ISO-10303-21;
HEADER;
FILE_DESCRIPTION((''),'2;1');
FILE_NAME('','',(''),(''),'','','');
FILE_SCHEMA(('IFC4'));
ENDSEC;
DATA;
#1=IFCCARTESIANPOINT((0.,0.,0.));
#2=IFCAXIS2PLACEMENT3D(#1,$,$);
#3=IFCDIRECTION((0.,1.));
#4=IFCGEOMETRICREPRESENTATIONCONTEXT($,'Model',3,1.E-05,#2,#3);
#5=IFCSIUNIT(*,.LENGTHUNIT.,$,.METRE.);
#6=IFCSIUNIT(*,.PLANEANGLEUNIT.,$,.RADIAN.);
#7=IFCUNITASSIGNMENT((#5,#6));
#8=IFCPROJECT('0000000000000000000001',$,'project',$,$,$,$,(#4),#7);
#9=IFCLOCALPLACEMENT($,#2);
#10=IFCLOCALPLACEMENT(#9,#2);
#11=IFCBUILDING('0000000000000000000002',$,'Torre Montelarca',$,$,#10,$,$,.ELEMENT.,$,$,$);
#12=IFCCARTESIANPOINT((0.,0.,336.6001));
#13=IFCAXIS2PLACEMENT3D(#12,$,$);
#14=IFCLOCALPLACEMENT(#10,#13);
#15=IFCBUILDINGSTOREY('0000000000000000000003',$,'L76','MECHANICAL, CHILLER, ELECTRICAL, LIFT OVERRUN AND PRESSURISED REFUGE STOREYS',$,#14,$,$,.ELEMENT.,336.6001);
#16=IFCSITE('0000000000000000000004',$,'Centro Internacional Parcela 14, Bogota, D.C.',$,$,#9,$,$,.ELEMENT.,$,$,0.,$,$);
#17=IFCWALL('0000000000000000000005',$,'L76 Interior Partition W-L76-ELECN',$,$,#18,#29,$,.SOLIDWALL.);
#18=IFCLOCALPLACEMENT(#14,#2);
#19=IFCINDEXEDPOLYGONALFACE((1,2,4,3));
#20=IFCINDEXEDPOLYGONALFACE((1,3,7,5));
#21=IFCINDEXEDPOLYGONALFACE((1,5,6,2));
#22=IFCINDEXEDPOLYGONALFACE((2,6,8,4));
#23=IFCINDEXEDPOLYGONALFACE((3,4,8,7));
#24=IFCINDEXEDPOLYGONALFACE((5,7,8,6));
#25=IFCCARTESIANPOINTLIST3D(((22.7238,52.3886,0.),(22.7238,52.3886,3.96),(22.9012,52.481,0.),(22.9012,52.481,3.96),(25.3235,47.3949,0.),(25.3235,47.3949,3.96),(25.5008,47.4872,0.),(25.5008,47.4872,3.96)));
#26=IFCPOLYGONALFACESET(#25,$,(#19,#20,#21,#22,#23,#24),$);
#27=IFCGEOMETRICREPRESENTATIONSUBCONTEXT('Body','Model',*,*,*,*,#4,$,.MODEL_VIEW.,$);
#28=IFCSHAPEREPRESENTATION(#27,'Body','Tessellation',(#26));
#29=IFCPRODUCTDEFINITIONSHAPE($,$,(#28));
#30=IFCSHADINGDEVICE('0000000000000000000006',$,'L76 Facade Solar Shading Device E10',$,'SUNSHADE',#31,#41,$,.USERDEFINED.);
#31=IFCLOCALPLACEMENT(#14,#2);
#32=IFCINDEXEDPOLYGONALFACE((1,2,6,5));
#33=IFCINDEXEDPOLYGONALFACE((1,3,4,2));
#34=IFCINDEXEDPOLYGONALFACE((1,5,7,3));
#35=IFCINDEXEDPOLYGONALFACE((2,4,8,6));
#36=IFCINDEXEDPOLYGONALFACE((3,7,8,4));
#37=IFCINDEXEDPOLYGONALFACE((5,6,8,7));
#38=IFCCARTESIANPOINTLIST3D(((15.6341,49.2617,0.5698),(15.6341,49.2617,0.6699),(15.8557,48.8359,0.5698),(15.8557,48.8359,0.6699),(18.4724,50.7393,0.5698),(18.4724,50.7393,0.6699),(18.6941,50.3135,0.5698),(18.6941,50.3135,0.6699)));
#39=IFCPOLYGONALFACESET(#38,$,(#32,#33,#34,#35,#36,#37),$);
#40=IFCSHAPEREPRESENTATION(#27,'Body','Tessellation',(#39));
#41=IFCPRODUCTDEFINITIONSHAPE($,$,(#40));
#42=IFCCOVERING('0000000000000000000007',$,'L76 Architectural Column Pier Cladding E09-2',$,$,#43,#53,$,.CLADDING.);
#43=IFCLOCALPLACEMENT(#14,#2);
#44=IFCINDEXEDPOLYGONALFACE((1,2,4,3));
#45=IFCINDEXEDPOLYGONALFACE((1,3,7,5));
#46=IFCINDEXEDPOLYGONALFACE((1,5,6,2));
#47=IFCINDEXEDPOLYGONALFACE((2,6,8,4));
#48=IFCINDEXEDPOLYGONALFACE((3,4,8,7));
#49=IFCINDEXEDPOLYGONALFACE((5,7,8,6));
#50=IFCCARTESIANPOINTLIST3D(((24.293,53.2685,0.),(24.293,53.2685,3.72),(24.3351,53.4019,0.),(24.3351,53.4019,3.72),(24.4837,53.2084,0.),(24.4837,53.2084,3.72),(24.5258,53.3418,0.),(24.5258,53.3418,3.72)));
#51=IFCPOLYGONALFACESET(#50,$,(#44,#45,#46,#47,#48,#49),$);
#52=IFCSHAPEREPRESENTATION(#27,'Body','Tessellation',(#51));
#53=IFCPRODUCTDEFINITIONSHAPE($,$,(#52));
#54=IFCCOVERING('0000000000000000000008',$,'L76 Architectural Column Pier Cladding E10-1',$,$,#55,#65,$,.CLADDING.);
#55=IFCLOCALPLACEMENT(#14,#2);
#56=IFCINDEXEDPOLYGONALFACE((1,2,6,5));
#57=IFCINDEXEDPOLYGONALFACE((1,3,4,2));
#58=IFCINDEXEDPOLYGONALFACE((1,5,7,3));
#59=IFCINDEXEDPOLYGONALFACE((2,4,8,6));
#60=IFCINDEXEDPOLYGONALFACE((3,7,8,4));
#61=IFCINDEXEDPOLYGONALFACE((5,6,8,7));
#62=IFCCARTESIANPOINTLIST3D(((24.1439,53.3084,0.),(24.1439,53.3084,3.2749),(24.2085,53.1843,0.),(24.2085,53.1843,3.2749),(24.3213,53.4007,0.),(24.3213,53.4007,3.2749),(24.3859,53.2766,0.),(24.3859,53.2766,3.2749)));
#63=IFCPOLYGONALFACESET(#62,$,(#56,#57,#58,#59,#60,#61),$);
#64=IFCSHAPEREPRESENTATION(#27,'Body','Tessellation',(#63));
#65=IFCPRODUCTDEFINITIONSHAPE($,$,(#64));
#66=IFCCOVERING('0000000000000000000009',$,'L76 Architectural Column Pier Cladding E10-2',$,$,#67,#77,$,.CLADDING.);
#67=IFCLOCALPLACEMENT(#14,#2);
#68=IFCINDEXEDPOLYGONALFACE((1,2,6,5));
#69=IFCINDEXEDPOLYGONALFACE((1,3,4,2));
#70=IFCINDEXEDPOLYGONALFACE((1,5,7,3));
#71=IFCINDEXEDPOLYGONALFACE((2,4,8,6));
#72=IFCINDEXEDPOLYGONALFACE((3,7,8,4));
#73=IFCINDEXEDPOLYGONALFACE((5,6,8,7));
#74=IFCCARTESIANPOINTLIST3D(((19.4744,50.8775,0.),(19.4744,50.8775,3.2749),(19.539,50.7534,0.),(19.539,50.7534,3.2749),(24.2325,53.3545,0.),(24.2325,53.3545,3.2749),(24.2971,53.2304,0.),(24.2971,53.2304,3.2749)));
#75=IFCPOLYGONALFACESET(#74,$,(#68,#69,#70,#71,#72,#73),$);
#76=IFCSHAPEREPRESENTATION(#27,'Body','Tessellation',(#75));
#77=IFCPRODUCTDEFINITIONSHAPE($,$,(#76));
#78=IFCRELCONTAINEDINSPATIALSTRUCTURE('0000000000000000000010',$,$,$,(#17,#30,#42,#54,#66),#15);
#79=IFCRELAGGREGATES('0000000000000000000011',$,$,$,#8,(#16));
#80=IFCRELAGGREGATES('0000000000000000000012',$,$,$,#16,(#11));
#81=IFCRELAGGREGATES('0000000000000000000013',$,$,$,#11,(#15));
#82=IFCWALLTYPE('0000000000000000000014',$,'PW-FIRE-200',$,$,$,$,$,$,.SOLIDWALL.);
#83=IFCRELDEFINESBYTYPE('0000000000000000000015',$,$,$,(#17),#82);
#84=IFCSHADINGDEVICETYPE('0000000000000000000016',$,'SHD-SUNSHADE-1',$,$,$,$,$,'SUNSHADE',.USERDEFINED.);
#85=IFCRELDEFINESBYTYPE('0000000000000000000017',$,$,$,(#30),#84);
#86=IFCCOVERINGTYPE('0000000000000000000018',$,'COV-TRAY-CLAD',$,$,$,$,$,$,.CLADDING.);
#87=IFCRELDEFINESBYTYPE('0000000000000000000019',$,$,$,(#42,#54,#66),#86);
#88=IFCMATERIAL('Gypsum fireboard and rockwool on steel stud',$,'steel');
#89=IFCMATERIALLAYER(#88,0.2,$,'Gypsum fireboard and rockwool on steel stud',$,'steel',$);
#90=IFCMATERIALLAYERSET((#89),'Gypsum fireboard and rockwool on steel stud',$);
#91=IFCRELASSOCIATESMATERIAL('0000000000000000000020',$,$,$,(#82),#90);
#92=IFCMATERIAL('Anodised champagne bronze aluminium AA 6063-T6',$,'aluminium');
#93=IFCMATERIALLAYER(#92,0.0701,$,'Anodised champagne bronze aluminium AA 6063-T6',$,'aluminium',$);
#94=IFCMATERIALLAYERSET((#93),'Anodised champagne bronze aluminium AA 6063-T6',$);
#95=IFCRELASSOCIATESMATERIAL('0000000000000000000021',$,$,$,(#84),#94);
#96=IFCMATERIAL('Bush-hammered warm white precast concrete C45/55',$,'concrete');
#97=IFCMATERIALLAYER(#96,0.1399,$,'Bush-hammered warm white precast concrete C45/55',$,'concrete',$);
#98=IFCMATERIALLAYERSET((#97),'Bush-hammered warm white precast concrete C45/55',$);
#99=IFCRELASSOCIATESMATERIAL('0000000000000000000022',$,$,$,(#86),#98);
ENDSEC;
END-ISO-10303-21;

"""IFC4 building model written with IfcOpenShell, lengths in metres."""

from ifc_helpers import new_model, si_unit, direction, frame, frame_2d, origin, origin_2d, place, context, subcontext, project, spatial, rectangle, extrude, source, transform, mapped, material, layer, layer_set, type_object, element, save


model = new_model("IFC4")

# Units and contexts
model_context = context("Model", 3, precision=1e-05, world=origin(), true_north=direction((0.0, 1.0)))
body_context = subcontext(model_context, "Body", "Model", "MODEL_VIEW")
ifc_project = project(units=[si_unit("LENGTHUNIT", "METRE"), si_unit("PLANEANGLEUNIT", "RADIAN")], contexts=[model_context])

# Site, building, storey
site_placement = place(None, origin())
site = spatial("IfcSite", under=ifc_project, at=site_placement, Name="Centro Internacional Parcela 14, Bogota, D.C.", CompositionType="ELEMENT", RefElevation=0.0)
building_placement = place(site_placement, origin())
building = spatial("IfcBuilding", under=site, at=building_placement, Name="Torre Montelarca", CompositionType="ELEMENT")
storey_placement = place(building_placement, frame((0.0, 0.0, 336.6001)))
storey = spatial("IfcBuildingStorey", under=building, at=storey_placement, Name="L76", Description="MECHANICAL, CHILLER, ELECTRICAL, LIFT OVERRUN AND PRESSURISED REFUGE STOREYS", CompositionType="ELEMENT", Elevation=336.6001)

# Wall
ifc_material_1 = material(Name="Gypsum fireboard and rockwool on steel stud", Category="steel")
ifc_layer_1 = layer(ifc_material_1, 0.2, Name="Gypsum fireboard and rockwool on steel stud", Category="steel")
ifc_layer_set_1 = layer_set([ifc_layer_1], Name="Gypsum fireboard and rockwool on steel stud")
wall_type = type_object("IfcWallType", Name="PW-FIRE-200", PredefinedType="SOLIDWALL", material=ifc_layer_set_1)
wall_placement = place(storey_placement, frame((22.8125, 52.4348, 0.0), z_axis=(0.0, 0.0, 1.0), x_axis=(0.46176, -0.887005, 0.0)))
element("IfcWall", 1, at=wall_placement, inside=storey, type_object=wall_type, Name="L76 Interior Partition W-L76-ELECN", PredefinedType="SOLIDWALL", context=body_context, shape_type="SweptSolid", body=[
    extrude(rectangle(XDim=5.6299, YDim=0.2, at=frame_2d((2.8149, 0.0))), origin(), (0.0, 0.0, 1.0), 3.96),
])

# Shading device
ifc_material_2 = material(Name="Anodised champagne bronze aluminium AA 6063-T6", Category="aluminium")
ifc_layer_2 = layer(ifc_material_2, 0.0701, Name="Anodised champagne bronze aluminium AA 6063-T6", Category="aluminium")
ifc_layer_set_2 = layer_set([ifc_layer_2], Name="Anodised champagne bronze aluminium AA 6063-T6")
shading_device_type = type_object("IfcShadingDeviceType", Name="SHD-SUNSHADE-1", ElementType="SUNSHADE", PredefinedType="USERDEFINED", material=ifc_layer_set_2)
shared_shape_1 = source(origin(), body_context, "Body", "SweptSolid", [
    extrude(rectangle(XDim=3.2, YDim=0.48, at=origin_2d()), origin(), (0.0, 0.0, 1.0), 0.1001),
])
shading_device_placement = place(storey_placement, frame((17.1641, 49.7876, 0.5698), z_axis=(0.0, 0.0, 1.0), x_axis=(-0.88701, -0.46175, 0.0)))
element("IfcShadingDevice", 2, at=shading_device_placement, inside=storey, type_object=shading_device_type, Name="L76 Facade Solar Shading Device E10", ObjectType="SUNSHADE", PredefinedType="USERDEFINED", context=body_context, shape_type="MappedRepresentation", body=[
    mapped(shared_shape_1, transform((0.0, 0.0, 0.0), scale=1.0)),
])

# Coverings
ifc_material_3 = material(Name="Bush-hammered warm white precast concrete C45/55", Category="concrete")
ifc_layer_3 = layer(ifc_material_3, 0.1399, Name="Bush-hammered warm white precast concrete C45/55", Category="concrete")
ifc_layer_set_3 = layer_set([ifc_layer_3], Name="Bush-hammered warm white precast concrete C45/55")
covering_type = type_object("IfcCoveringType", Name="COV-TRAY-CLAD", PredefinedType="CLADDING", material=ifc_layer_set_3)
shared_shape_2 = source(origin(), body_context, "Body", "SweptSolid", [
    extrude(rectangle(XDim=0.2, YDim=0.1399, at=origin_2d()), origin(), (0.0, 0.0, 1.0), 3.72),
])
covering_1_placement = place(storey_placement, frame((24.4094, 53.3052, 0.0), z_axis=(0.0, 0.0, 1.0), x_axis=(-0.953719, 0.300701, 0.0)))
element("IfcCovering", 3, at=covering_1_placement, inside=storey, type_object=covering_type, Name="L76 Architectural Column Pier Cladding E09-2", PredefinedType="CLADDING", context=body_context, shape_type="MappedRepresentation", body=[
    mapped(shared_shape_2, transform((0.0, 0.0, 0.0), scale=1.0)),
])
shared_shape_3 = source(origin(), body_context, "Body", "SweptSolid", [
    extrude(rectangle(XDim=0.2, YDim=0.1399, at=origin_2d()), origin(), (0.0, 0.0, 1.0), 3.2749),
])
covering_2_placement = place(storey_placement, frame((24.2649, 53.2925, 0.0), z_axis=(0.0, 0.0, 1.0), x_axis=(-0.887011, -0.461749, 0.0)))
element("IfcCovering", 4, at=covering_2_placement, inside=storey, type_object=covering_type, Name="L76 Architectural Column Pier Cladding E10-1", PredefinedType="CLADDING", context=body_context, shape_type="MappedRepresentation", body=[
    mapped(shared_shape_3, transform((0.0, 0.0, 0.0), scale=1.0)),
])
shared_shape_4 = source(origin(), body_context, "Body", "SweptSolid", [
    extrude(rectangle(XDim=5.3643, YDim=0.1399, at=origin_2d()), origin(), (0.0, 0.0, 1.0), 3.2749),
])
covering_3_placement = place(storey_placement, frame((21.8857, 52.054, 0.0), z_axis=(0.0, 0.0, 1.0), x_axis=(-0.887011, -0.461749, 0.0)))
element("IfcCovering", 5, at=covering_3_placement, inside=storey, type_object=covering_type, Name="L76 Architectural Column Pier Cladding E10-2", PredefinedType="CLADDING", context=body_context, shape_type="MappedRepresentation", body=[
    mapped(shared_shape_4, transform((0.0, 0.0, 0.0), scale=1.0)),
])

save(model, "model.ifc")
